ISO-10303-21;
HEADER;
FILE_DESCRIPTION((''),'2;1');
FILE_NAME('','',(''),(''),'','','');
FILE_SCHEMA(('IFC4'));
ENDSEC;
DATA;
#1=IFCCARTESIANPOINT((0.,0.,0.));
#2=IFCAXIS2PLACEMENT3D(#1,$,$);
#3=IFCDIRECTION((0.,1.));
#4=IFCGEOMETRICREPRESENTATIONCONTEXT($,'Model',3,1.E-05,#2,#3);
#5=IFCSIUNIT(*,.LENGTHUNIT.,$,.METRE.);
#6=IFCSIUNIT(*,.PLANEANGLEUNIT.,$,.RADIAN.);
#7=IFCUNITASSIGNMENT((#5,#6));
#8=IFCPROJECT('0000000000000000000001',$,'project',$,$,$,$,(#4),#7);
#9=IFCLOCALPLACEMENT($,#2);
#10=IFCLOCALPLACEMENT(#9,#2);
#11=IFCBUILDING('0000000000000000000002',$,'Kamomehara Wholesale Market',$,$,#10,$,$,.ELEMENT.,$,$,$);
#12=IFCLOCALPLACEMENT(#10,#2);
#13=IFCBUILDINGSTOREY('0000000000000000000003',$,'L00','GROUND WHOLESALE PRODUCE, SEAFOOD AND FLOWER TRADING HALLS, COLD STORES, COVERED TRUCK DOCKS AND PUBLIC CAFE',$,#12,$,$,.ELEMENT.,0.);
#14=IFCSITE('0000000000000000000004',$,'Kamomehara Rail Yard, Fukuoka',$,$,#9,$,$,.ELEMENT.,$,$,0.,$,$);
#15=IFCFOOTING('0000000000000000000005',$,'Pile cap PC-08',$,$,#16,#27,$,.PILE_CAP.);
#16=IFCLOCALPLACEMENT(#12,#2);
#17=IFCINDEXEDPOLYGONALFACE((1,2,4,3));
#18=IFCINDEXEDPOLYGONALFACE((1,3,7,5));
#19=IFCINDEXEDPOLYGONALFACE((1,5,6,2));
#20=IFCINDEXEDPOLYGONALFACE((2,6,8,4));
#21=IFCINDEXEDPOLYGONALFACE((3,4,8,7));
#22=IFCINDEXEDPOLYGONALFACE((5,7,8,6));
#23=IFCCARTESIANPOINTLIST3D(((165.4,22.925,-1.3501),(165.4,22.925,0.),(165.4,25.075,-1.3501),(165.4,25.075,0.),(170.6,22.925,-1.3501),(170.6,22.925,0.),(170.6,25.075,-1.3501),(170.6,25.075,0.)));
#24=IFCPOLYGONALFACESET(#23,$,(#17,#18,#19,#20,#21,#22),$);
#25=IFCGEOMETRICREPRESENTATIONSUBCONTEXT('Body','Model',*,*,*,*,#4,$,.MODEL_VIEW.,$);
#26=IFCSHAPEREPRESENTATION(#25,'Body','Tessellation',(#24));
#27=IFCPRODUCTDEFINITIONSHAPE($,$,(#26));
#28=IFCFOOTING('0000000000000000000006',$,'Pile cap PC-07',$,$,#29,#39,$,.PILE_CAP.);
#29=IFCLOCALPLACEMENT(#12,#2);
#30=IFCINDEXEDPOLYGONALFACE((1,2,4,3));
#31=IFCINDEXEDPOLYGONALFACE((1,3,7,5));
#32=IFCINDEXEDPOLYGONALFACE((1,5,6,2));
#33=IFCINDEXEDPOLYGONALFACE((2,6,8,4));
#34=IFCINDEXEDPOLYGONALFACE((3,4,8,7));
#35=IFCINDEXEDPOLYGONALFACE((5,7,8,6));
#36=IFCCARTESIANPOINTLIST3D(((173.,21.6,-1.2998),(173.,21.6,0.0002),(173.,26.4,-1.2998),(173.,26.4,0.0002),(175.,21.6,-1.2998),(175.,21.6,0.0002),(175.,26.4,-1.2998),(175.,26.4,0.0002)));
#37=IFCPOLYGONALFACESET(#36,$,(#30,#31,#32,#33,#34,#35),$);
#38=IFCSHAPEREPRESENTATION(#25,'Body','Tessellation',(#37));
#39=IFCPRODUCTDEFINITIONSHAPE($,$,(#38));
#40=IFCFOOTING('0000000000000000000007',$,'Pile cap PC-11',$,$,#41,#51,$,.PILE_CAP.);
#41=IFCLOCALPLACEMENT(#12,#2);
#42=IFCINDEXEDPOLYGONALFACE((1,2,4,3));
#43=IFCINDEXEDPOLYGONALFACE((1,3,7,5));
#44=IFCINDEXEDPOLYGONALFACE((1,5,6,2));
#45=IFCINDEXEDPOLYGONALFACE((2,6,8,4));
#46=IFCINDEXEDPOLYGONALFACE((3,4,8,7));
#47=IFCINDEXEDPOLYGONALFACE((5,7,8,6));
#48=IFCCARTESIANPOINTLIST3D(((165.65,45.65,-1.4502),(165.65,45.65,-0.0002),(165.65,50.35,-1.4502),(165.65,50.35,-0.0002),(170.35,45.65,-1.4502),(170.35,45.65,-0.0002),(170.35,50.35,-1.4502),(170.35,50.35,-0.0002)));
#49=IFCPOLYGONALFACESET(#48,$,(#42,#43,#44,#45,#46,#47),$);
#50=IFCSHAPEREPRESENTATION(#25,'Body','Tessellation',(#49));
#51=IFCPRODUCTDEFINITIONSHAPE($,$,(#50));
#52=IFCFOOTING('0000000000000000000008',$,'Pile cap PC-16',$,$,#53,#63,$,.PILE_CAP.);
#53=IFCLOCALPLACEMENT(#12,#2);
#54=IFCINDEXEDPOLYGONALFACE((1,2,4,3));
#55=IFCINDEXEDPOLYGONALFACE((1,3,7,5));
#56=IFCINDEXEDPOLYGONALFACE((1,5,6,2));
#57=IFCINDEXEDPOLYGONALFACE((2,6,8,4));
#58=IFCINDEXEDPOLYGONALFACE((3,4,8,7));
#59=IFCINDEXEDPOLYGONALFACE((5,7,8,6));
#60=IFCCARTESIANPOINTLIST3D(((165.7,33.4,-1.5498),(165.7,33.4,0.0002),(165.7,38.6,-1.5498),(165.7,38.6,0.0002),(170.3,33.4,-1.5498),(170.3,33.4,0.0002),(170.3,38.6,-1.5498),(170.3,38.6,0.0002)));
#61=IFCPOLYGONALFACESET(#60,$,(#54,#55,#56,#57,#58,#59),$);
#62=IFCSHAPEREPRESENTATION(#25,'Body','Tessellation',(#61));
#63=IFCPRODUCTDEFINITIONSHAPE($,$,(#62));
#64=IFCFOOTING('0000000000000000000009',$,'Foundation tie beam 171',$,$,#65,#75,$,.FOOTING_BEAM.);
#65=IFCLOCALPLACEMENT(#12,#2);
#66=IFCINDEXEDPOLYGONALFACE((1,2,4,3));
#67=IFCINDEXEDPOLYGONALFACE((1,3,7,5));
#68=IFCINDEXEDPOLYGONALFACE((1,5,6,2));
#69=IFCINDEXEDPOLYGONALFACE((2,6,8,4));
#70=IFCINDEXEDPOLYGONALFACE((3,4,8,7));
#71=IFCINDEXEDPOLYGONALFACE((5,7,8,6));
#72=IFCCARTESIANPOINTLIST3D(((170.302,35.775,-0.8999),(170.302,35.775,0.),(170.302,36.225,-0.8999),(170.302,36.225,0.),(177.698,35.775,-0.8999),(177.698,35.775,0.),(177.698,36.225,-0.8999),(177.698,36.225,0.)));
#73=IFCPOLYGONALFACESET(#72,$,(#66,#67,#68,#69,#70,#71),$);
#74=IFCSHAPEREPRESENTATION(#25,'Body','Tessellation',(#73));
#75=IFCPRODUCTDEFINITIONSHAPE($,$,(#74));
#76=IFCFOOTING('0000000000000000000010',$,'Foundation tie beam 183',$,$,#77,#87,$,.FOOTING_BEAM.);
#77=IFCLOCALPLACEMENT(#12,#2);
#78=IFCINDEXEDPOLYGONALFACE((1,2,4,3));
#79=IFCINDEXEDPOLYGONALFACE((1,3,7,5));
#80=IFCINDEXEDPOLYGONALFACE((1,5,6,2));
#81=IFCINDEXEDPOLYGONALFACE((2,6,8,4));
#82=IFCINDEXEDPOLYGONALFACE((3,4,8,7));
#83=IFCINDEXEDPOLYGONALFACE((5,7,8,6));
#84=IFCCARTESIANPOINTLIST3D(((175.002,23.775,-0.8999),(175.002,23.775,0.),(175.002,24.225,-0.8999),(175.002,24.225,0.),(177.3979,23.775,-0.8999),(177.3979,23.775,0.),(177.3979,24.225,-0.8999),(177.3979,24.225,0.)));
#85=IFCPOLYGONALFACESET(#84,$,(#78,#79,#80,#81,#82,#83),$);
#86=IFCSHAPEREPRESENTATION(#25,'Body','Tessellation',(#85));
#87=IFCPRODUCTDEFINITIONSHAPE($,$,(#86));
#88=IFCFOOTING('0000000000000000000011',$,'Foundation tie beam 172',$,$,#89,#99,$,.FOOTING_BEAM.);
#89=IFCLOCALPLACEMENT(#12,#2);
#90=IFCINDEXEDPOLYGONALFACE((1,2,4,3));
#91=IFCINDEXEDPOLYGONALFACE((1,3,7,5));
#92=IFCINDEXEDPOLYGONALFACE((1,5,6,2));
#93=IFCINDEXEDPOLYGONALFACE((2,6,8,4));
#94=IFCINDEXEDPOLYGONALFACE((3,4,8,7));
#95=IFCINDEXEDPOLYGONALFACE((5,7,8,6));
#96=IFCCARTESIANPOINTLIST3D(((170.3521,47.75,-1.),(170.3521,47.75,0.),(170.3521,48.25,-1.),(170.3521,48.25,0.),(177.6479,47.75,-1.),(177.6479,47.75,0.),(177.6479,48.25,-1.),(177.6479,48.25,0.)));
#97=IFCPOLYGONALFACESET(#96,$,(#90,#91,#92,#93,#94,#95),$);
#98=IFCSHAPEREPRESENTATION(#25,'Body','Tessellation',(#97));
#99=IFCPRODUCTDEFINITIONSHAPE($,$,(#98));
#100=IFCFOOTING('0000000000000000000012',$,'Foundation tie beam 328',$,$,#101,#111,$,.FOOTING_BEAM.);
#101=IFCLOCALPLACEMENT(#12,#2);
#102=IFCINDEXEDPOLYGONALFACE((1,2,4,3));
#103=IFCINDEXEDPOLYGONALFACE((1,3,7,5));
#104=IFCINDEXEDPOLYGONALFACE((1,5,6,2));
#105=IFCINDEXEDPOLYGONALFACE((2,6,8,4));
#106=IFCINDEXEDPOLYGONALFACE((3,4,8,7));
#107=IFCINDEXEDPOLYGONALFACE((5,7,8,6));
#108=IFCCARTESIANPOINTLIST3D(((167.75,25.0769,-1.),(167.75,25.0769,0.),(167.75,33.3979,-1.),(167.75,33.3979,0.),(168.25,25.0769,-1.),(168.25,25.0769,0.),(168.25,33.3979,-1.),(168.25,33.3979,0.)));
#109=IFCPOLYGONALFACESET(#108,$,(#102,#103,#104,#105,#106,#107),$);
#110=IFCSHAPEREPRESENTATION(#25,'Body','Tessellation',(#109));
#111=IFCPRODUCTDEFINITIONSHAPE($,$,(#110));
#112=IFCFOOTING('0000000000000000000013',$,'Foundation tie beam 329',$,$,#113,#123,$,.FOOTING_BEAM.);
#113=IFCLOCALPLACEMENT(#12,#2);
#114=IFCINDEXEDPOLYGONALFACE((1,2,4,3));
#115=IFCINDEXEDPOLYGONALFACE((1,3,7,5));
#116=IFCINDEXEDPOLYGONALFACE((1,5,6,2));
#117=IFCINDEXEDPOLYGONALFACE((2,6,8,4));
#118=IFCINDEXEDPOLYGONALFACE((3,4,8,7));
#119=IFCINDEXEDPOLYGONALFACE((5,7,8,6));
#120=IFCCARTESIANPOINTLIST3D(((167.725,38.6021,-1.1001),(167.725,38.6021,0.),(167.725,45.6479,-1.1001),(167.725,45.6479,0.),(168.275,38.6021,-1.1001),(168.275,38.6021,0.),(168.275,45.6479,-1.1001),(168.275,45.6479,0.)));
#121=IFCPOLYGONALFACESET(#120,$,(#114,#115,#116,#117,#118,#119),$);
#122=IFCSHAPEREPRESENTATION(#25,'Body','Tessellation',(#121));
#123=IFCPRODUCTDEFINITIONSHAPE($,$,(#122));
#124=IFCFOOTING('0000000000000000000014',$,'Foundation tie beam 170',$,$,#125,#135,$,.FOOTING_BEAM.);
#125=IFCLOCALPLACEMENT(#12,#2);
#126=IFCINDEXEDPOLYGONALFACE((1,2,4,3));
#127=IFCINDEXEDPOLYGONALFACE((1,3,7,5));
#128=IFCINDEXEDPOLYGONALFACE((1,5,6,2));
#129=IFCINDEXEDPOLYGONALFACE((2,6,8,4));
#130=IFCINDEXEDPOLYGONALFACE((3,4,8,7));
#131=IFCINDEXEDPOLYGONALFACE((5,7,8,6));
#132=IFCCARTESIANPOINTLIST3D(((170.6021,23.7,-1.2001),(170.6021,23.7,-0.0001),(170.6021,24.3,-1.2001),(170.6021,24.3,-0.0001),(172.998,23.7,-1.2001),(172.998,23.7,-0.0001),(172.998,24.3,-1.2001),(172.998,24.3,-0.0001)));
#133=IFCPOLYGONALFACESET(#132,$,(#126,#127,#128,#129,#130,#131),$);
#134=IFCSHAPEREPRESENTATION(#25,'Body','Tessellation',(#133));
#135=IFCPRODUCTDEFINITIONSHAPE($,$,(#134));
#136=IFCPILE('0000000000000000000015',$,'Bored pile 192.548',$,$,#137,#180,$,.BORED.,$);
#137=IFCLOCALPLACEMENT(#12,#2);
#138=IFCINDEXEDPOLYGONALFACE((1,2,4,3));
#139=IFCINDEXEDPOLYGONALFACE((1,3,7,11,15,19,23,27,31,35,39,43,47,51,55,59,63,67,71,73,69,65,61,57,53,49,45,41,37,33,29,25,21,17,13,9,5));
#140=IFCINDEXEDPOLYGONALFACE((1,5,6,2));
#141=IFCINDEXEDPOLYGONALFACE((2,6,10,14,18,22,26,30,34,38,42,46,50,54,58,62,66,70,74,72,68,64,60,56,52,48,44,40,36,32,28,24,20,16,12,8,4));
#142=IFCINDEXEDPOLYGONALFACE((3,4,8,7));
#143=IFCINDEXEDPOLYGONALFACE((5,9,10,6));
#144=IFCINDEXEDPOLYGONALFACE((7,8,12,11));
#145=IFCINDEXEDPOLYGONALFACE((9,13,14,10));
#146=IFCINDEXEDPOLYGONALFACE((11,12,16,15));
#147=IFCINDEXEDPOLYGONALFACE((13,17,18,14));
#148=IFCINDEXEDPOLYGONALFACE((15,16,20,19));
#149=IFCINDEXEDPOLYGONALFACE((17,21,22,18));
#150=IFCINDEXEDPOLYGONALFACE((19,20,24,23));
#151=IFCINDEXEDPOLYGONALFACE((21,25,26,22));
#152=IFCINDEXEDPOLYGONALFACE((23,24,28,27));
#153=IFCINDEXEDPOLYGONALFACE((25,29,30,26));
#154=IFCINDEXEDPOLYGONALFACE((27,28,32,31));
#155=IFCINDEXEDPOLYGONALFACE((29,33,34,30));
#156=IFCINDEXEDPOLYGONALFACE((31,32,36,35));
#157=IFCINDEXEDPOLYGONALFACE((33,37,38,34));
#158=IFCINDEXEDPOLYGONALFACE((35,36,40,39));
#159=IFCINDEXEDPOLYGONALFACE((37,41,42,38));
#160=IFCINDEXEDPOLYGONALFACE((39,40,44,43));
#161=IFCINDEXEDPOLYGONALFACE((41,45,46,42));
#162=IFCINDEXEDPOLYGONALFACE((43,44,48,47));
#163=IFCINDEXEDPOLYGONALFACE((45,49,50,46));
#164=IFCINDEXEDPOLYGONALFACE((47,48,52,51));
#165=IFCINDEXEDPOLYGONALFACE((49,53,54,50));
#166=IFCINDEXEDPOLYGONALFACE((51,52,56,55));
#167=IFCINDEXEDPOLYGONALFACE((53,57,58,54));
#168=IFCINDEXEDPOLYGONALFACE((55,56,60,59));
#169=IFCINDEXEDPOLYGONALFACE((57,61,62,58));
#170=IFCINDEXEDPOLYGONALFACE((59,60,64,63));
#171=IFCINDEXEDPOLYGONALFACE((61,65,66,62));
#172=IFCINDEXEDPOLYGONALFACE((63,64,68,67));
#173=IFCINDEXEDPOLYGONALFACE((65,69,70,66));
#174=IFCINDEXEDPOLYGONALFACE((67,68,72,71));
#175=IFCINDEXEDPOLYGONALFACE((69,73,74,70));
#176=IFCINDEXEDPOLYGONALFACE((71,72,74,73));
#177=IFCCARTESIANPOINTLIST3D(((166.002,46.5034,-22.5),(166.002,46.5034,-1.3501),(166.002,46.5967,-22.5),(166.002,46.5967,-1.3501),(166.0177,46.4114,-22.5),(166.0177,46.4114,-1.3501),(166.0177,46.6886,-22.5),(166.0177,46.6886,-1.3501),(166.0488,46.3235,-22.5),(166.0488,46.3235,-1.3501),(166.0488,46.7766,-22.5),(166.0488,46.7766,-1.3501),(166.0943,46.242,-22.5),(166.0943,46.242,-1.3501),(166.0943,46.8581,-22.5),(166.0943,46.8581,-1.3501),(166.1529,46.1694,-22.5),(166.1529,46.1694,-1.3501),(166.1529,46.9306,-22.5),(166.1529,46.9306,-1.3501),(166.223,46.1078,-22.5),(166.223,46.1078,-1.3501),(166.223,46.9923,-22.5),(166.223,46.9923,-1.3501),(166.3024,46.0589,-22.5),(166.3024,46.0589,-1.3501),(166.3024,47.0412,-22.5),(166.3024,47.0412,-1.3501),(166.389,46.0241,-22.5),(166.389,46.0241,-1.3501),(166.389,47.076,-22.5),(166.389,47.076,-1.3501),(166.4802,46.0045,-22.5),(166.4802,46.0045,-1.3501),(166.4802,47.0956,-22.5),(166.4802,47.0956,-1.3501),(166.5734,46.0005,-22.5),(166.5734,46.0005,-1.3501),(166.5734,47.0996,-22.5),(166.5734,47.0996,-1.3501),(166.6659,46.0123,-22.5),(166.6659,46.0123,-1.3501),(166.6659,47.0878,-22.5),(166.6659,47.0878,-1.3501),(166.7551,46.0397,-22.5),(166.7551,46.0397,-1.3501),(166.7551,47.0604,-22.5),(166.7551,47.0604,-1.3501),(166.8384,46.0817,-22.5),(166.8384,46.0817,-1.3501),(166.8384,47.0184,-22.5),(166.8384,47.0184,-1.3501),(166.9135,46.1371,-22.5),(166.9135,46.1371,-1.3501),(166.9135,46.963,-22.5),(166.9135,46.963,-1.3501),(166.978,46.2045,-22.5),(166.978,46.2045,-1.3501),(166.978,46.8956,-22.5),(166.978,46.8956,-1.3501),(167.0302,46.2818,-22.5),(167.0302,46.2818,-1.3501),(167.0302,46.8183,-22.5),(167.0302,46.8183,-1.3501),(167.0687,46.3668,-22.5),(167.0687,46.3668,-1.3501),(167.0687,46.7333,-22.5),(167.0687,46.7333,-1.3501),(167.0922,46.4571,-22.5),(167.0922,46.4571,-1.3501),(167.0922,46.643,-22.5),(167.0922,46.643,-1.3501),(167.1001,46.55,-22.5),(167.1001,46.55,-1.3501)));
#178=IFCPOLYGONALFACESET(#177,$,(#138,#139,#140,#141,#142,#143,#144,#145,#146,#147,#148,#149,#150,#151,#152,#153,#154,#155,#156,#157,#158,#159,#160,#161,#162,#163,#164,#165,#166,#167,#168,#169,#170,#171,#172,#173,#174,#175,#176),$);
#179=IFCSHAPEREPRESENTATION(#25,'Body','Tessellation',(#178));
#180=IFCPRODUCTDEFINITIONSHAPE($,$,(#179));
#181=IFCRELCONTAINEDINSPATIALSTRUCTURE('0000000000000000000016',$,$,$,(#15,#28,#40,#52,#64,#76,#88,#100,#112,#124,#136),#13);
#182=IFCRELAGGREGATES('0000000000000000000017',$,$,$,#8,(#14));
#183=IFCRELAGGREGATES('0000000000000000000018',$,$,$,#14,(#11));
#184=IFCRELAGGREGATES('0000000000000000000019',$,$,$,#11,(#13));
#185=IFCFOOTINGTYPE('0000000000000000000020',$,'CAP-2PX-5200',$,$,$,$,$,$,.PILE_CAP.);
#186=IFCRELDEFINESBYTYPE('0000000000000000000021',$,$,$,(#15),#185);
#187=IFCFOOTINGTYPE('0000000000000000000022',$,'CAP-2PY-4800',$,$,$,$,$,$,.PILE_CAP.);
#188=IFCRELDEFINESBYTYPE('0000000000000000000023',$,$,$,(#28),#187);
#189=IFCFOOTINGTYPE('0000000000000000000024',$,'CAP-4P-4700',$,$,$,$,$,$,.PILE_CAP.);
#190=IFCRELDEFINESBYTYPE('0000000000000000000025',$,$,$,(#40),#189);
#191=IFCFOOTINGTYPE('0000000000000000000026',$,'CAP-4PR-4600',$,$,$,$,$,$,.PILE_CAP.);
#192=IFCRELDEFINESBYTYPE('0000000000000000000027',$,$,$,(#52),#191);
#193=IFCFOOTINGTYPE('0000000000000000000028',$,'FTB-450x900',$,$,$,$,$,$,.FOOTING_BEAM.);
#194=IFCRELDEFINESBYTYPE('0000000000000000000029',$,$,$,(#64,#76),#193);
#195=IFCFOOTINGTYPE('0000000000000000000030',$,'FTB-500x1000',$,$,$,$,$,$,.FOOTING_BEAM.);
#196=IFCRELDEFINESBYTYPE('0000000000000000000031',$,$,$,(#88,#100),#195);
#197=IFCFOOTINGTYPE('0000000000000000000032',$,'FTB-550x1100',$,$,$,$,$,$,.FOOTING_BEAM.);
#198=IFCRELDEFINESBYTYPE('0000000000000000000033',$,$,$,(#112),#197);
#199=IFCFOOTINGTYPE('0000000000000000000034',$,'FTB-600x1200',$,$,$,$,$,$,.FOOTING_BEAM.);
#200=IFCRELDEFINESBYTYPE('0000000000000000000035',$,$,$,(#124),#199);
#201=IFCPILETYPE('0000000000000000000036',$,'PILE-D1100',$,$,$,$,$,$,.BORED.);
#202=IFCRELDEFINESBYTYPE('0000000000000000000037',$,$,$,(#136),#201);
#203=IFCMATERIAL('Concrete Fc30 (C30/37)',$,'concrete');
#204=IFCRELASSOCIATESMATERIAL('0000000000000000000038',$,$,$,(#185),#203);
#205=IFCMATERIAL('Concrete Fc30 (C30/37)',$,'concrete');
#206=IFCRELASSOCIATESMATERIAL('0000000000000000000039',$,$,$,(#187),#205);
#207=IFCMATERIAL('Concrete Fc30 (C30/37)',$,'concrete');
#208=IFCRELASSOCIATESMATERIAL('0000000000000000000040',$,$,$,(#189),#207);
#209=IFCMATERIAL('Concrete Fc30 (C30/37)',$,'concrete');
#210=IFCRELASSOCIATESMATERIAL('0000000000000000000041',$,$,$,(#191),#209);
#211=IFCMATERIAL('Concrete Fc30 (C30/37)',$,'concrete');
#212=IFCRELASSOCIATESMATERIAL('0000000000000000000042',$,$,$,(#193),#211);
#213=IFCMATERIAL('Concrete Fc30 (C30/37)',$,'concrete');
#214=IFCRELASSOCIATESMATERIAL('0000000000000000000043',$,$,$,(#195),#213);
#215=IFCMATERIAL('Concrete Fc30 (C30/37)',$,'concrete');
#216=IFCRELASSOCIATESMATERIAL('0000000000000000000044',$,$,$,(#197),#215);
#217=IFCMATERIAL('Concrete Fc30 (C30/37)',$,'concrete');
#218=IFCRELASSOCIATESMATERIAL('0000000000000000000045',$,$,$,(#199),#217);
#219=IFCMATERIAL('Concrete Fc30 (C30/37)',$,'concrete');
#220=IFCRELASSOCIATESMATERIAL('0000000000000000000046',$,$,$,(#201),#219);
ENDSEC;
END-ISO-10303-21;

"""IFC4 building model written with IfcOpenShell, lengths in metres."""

from ifc_helpers import new_model, si_unit, direction, frame, origin, origin_2d, place, context, subcontext, project, spatial, rectangle, circle, extrude, material, material_profile, profile_set, type_object, element, save


model = new_model("IFC4")

# Units and contexts
model_context = context("Model", 3, precision=1e-05, world=origin(), true_north=direction((0.0, 1.0)))
body_context = subcontext(model_context, "Body", "Model", "MODEL_VIEW")
ifc_project = project(units=[si_unit("LENGTHUNIT", "METRE"), si_unit("PLANEANGLEUNIT", "RADIAN")], contexts=[model_context])

# Site, building, storey
site_placement = place(None, origin())
site = spatial("IfcSite", under=ifc_project, at=site_placement, Name="Kamomehara Rail Yard, Fukuoka", CompositionType="ELEMENT", RefElevation=0.0)
building_placement = place(site_placement, origin())
building = spatial("IfcBuilding", under=site, at=building_placement, Name="Kamomehara Wholesale Market", CompositionType="ELEMENT")
storey_placement = place(building_placement, origin())
storey = spatial("IfcBuildingStorey", under=building, at=storey_placement, Name="L00", Description="GROUND WHOLESALE PRODUCE, SEAFOOD AND FLOWER TRADING HALLS, COLD STORES, COVERED TRUCK DOCKS AND PUBLIC CAFE", CompositionType="ELEMENT", Elevation=0.0)

# Footings
ifc_material_1 = material(Name="Concrete Fc30 (C30/37)", Category="concrete")
footing_type_1 = type_object("IfcFootingType", Name="CAP-2PX-5200", PredefinedType="PILE_CAP", material=ifc_material_1)
footing_1_placement = place(storey_placement, frame((168.0, 24.0, -1.3501), z_axis=(0.0, 0.0, 1.0), x_axis=(1.0, 0.0, 0.0)))
element("IfcFooting", 1, at=footing_1_placement, inside=storey, type_object=footing_type_1, Name="Pile cap PC-08", PredefinedType="PILE_CAP", context=body_context, shape_type="SweptSolid", body=[
    extrude(rectangle(XDim=5.2, YDim=2.1499, at=origin_2d()), origin(), (0.0, 0.0, 1.0), 1.3501),
])
ifc_material_2 = material(Name="Concrete Fc30 (C30/37)", Category="concrete")
footing_type_2 = type_object("IfcFootingType", Name="CAP-2PY-4800", PredefinedType="PILE_CAP", material=ifc_material_2)
footing_2_placement = place(storey_placement, frame((174.0, 24.0, -1.2998), z_axis=(0.0, 0.0, 1.0), x_axis=(1.0, 0.0, 0.0)))
element("IfcFooting", 2, at=footing_2_placement, inside=storey, type_object=footing_type_2, Name="Pile cap PC-07", PredefinedType="PILE_CAP", context=body_context, shape_type="SweptSolid", body=[
    extrude(rectangle(XDim=2.0, YDim=4.8, at=origin_2d()), origin(), (0.0, 0.0, 1.0), 1.3),
])
ifc_material_3 = material(Name="Concrete Fc30 (C30/37)", Category="concrete")
footing_type_3 = type_object("IfcFootingType", Name="CAP-4P-4700", PredefinedType="PILE_CAP", material=ifc_material_3)
footing_3_placement = place(storey_placement, frame((168.0, 48.0, -1.4502), z_axis=(0.0, 0.0, 1.0), x_axis=(1.0, 0.0, 0.0)))
element("IfcFooting", 3, at=footing_3_placement, inside=storey, type_object=footing_type_3, Name="Pile cap PC-11", PredefinedType="PILE_CAP", context=body_context, shape_type="SweptSolid", body=[
    extrude(rectangle(XDim=4.7, YDim=4.7, at=origin_2d()), origin(), (0.0, 0.0, 1.0), 1.45),
])
ifc_material_4 = material(Name="Concrete Fc30 (C30/37)", Category="concrete")
footing_type_4 = type_object("IfcFootingType", Name="CAP-4PR-4600", PredefinedType="PILE_CAP", material=ifc_material_4)
footing_4_placement = place(storey_placement, frame((168.0, 36.0, -1.5498), z_axis=(0.0, 0.0, 1.0), x_axis=(1.0, 0.0, 0.0)))
element("IfcFooting", 4, at=footing_4_placement, inside=storey, type_object=footing_type_4, Name="Pile cap PC-16", PredefinedType="PILE_CAP", context=body_context, shape_type="SweptSolid", body=[
    extrude(rectangle(XDim=4.6001, YDim=5.2, at=origin_2d()), origin(), (0.0, 0.0, 1.0), 1.55),
])
ifc_material_5 = material(Name="Concrete Fc30 (C30/37)", Category="concrete")
ifc_material_profile_1 = material_profile(ifc_material_5, rectangle(XDim=0.45, YDim=0.8999, at=origin_2d()), Name="RC-FTB-450x900")
ifc_profile_set_1 = profile_set([ifc_material_profile_1], Name="Concrete Fc30 (C30/37)")
footing_type_5 = type_object("IfcFootingType", Name="FTB-450x900", PredefinedType="FOOTING_BEAM", material=ifc_profile_set_1)
footing_5_placement = place(storey_placement, frame((170.302, 36.0, -0.45), z_axis=(1.0, 0.0, 0.0), x_axis=(0.0, 1.0, 0.0)))
element("IfcFooting", 5, at=footing_5_placement, inside=storey, type_object=footing_type_5, Name="Foundation tie beam 171", PredefinedType="FOOTING_BEAM", context=body_context, shape_type="SweptSolid", body=[
    extrude(rectangle(XDim=0.45, YDim=0.8999, at=origin_2d()), origin(), (0.0, 0.0, 1.0), 7.396),
])
footing_6_placement = place(storey_placement, frame((175.002, 24.0, -0.45), z_axis=(1.0, 0.0, 0.0), x_axis=(0.0, 1.0, 0.0)))
element("IfcFooting", 6, at=footing_6_placement, inside=storey, type_object=footing_type_5, Name="Foundation tie beam 183", PredefinedType="FOOTING_BEAM", context=body_context, shape_type="SweptSolid", body=[
    extrude(rectangle(XDim=0.45, YDim=0.8999, at=origin_2d()), origin(), (0.0, 0.0, 1.0), 2.396),
])
ifc_material_6 = material(Name="Concrete Fc30 (C30/37)", Category="concrete")
ifc_material_profile_2 = material_profile(ifc_material_6, rectangle(XDim=0.5, YDim=1.0, at=origin_2d()), Name="RC-FTB-500x1000")
ifc_profile_set_2 = profile_set([ifc_material_profile_2], Name="Concrete Fc30 (C30/37)")
footing_type_6 = type_object("IfcFootingType", Name="FTB-500x1000", PredefinedType="FOOTING_BEAM", material=ifc_profile_set_2)
footing_7_placement = place(storey_placement, frame((170.3521, 48.0, -0.5), z_axis=(1.0, 0.0, 0.0), x_axis=(0.0, 1.0, 0.0)))
element("IfcFooting", 7, at=footing_7_placement, inside=storey, type_object=footing_type_6, Name="Foundation tie beam 172", PredefinedType="FOOTING_BEAM", context=body_context, shape_type="SweptSolid", body=[
    extrude(rectangle(XDim=0.5, YDim=1.0, at=origin_2d()), origin(), (0.0, 0.0, 1.0), 7.2959),
])
footing_8_placement = place(storey_placement, frame((168.0, 25.0769, -0.5), z_axis=(0.0, 1.0, 0.0), x_axis=(-1.0, 0.0, 0.0)))
element("IfcFooting", 8, at=footing_8_placement, inside=storey, type_object=footing_type_6, Name="Foundation tie beam 328", PredefinedType="FOOTING_BEAM", context=body_context, shape_type="SweptSolid", body=[
    extrude(rectangle(XDim=0.5, YDim=1.0, at=origin_2d()), origin(), (0.0, 0.0, 1.0), 8.321),
])
ifc_material_7 = material(Name="Concrete Fc30 (C30/37)", Category="concrete")
ifc_material_profile_3 = material_profile(ifc_material_7, rectangle(XDim=0.55, YDim=1.1001, at=origin_2d()), Name="RC-FTB-550x1100")
ifc_profile_set_3 = profile_set([ifc_material_profile_3], Name="Concrete Fc30 (C30/37)")
footing_type_7 = type_object("IfcFootingType", Name="FTB-550x1100", PredefinedType="FOOTING_BEAM", material=ifc_profile_set_3)
footing_9_placement = place(storey_placement, frame((168.0, 38.6021, -0.55), z_axis=(0.0, 1.0, 0.0), x_axis=(-1.0, 0.0, 0.0)))
element("IfcFooting", 9, at=footing_9_placement, inside=storey, type_object=footing_type_7, Name="Foundation tie beam 329", PredefinedType="FOOTING_BEAM", context=body_context, shape_type="SweptSolid", body=[
    extrude(rectangle(XDim=0.55, YDim=1.1001, at=origin_2d()), origin(), (0.0, 0.0, 1.0), 7.0459),
])
ifc_material_8 = material(Name="Concrete Fc30 (C30/37)", Category="concrete")
ifc_material_profile_4 = material_profile(ifc_material_8, rectangle(XDim=0.6001, YDim=1.2, at=origin_2d()), Name="RC-FTB-600x1200")
ifc_profile_set_4 = profile_set([ifc_material_profile_4], Name="Concrete Fc30 (C30/37)")
footing_type_8 = type_object("IfcFootingType", Name="FTB-600x1200", PredefinedType="FOOTING_BEAM", material=ifc_profile_set_4)
footing_10_placement = place(storey_placement, frame((170.6021, 24.0, -0.6001), z_axis=(1.0, 0.0, 0.0), x_axis=(0.0, 1.0, 0.0)))
element("IfcFooting", 10, at=footing_10_placement, inside=storey, type_object=footing_type_8, Name="Foundation tie beam 170", PredefinedType="FOOTING_BEAM", context=body_context, shape_type="SweptSolid", body=[
    extrude(rectangle(XDim=0.6001, YDim=1.2, at=origin_2d()), origin(), (0.0, 0.0, 1.0), 2.396),
])

# Pile
ifc_material_9 = material(Name="Concrete Fc30 (C30/37)", Category="concrete")
ifc_material_profile_5 = material_profile(ifc_material_9, circle(Radius=0.55, at=origin_2d()), Name="RC-PILE-D1100")
ifc_profile_set_5 = profile_set([ifc_material_profile_5], Name="Concrete Fc30 (C30/37)")
pile_type_1 = type_object("IfcPileType", Name="PILE-D1100", PredefinedType="BORED", material=ifc_profile_set_5)
for number, where, z_axis, x_axis, name in (
    (11, (166.55, 46.55, -1.3501), (0.0, 0.0, -1.0), (1.0, 0.0, 0.0), "Bored pile 192.548"),
):
    element("IfcPile", number, at=place(storey_placement, frame(where, z_axis=z_axis, x_axis=x_axis)), inside=storey, type_object=pile_type_1, Name=name, PredefinedType="BORED", context=body_context, shape_type="SweptSolid", body=[
        extrude(circle(Radius=0.55, at=origin_2d()), origin(), (0.0, 0.0, 1.0), 21.1499),
    ])

save(model, "model.ifc")
